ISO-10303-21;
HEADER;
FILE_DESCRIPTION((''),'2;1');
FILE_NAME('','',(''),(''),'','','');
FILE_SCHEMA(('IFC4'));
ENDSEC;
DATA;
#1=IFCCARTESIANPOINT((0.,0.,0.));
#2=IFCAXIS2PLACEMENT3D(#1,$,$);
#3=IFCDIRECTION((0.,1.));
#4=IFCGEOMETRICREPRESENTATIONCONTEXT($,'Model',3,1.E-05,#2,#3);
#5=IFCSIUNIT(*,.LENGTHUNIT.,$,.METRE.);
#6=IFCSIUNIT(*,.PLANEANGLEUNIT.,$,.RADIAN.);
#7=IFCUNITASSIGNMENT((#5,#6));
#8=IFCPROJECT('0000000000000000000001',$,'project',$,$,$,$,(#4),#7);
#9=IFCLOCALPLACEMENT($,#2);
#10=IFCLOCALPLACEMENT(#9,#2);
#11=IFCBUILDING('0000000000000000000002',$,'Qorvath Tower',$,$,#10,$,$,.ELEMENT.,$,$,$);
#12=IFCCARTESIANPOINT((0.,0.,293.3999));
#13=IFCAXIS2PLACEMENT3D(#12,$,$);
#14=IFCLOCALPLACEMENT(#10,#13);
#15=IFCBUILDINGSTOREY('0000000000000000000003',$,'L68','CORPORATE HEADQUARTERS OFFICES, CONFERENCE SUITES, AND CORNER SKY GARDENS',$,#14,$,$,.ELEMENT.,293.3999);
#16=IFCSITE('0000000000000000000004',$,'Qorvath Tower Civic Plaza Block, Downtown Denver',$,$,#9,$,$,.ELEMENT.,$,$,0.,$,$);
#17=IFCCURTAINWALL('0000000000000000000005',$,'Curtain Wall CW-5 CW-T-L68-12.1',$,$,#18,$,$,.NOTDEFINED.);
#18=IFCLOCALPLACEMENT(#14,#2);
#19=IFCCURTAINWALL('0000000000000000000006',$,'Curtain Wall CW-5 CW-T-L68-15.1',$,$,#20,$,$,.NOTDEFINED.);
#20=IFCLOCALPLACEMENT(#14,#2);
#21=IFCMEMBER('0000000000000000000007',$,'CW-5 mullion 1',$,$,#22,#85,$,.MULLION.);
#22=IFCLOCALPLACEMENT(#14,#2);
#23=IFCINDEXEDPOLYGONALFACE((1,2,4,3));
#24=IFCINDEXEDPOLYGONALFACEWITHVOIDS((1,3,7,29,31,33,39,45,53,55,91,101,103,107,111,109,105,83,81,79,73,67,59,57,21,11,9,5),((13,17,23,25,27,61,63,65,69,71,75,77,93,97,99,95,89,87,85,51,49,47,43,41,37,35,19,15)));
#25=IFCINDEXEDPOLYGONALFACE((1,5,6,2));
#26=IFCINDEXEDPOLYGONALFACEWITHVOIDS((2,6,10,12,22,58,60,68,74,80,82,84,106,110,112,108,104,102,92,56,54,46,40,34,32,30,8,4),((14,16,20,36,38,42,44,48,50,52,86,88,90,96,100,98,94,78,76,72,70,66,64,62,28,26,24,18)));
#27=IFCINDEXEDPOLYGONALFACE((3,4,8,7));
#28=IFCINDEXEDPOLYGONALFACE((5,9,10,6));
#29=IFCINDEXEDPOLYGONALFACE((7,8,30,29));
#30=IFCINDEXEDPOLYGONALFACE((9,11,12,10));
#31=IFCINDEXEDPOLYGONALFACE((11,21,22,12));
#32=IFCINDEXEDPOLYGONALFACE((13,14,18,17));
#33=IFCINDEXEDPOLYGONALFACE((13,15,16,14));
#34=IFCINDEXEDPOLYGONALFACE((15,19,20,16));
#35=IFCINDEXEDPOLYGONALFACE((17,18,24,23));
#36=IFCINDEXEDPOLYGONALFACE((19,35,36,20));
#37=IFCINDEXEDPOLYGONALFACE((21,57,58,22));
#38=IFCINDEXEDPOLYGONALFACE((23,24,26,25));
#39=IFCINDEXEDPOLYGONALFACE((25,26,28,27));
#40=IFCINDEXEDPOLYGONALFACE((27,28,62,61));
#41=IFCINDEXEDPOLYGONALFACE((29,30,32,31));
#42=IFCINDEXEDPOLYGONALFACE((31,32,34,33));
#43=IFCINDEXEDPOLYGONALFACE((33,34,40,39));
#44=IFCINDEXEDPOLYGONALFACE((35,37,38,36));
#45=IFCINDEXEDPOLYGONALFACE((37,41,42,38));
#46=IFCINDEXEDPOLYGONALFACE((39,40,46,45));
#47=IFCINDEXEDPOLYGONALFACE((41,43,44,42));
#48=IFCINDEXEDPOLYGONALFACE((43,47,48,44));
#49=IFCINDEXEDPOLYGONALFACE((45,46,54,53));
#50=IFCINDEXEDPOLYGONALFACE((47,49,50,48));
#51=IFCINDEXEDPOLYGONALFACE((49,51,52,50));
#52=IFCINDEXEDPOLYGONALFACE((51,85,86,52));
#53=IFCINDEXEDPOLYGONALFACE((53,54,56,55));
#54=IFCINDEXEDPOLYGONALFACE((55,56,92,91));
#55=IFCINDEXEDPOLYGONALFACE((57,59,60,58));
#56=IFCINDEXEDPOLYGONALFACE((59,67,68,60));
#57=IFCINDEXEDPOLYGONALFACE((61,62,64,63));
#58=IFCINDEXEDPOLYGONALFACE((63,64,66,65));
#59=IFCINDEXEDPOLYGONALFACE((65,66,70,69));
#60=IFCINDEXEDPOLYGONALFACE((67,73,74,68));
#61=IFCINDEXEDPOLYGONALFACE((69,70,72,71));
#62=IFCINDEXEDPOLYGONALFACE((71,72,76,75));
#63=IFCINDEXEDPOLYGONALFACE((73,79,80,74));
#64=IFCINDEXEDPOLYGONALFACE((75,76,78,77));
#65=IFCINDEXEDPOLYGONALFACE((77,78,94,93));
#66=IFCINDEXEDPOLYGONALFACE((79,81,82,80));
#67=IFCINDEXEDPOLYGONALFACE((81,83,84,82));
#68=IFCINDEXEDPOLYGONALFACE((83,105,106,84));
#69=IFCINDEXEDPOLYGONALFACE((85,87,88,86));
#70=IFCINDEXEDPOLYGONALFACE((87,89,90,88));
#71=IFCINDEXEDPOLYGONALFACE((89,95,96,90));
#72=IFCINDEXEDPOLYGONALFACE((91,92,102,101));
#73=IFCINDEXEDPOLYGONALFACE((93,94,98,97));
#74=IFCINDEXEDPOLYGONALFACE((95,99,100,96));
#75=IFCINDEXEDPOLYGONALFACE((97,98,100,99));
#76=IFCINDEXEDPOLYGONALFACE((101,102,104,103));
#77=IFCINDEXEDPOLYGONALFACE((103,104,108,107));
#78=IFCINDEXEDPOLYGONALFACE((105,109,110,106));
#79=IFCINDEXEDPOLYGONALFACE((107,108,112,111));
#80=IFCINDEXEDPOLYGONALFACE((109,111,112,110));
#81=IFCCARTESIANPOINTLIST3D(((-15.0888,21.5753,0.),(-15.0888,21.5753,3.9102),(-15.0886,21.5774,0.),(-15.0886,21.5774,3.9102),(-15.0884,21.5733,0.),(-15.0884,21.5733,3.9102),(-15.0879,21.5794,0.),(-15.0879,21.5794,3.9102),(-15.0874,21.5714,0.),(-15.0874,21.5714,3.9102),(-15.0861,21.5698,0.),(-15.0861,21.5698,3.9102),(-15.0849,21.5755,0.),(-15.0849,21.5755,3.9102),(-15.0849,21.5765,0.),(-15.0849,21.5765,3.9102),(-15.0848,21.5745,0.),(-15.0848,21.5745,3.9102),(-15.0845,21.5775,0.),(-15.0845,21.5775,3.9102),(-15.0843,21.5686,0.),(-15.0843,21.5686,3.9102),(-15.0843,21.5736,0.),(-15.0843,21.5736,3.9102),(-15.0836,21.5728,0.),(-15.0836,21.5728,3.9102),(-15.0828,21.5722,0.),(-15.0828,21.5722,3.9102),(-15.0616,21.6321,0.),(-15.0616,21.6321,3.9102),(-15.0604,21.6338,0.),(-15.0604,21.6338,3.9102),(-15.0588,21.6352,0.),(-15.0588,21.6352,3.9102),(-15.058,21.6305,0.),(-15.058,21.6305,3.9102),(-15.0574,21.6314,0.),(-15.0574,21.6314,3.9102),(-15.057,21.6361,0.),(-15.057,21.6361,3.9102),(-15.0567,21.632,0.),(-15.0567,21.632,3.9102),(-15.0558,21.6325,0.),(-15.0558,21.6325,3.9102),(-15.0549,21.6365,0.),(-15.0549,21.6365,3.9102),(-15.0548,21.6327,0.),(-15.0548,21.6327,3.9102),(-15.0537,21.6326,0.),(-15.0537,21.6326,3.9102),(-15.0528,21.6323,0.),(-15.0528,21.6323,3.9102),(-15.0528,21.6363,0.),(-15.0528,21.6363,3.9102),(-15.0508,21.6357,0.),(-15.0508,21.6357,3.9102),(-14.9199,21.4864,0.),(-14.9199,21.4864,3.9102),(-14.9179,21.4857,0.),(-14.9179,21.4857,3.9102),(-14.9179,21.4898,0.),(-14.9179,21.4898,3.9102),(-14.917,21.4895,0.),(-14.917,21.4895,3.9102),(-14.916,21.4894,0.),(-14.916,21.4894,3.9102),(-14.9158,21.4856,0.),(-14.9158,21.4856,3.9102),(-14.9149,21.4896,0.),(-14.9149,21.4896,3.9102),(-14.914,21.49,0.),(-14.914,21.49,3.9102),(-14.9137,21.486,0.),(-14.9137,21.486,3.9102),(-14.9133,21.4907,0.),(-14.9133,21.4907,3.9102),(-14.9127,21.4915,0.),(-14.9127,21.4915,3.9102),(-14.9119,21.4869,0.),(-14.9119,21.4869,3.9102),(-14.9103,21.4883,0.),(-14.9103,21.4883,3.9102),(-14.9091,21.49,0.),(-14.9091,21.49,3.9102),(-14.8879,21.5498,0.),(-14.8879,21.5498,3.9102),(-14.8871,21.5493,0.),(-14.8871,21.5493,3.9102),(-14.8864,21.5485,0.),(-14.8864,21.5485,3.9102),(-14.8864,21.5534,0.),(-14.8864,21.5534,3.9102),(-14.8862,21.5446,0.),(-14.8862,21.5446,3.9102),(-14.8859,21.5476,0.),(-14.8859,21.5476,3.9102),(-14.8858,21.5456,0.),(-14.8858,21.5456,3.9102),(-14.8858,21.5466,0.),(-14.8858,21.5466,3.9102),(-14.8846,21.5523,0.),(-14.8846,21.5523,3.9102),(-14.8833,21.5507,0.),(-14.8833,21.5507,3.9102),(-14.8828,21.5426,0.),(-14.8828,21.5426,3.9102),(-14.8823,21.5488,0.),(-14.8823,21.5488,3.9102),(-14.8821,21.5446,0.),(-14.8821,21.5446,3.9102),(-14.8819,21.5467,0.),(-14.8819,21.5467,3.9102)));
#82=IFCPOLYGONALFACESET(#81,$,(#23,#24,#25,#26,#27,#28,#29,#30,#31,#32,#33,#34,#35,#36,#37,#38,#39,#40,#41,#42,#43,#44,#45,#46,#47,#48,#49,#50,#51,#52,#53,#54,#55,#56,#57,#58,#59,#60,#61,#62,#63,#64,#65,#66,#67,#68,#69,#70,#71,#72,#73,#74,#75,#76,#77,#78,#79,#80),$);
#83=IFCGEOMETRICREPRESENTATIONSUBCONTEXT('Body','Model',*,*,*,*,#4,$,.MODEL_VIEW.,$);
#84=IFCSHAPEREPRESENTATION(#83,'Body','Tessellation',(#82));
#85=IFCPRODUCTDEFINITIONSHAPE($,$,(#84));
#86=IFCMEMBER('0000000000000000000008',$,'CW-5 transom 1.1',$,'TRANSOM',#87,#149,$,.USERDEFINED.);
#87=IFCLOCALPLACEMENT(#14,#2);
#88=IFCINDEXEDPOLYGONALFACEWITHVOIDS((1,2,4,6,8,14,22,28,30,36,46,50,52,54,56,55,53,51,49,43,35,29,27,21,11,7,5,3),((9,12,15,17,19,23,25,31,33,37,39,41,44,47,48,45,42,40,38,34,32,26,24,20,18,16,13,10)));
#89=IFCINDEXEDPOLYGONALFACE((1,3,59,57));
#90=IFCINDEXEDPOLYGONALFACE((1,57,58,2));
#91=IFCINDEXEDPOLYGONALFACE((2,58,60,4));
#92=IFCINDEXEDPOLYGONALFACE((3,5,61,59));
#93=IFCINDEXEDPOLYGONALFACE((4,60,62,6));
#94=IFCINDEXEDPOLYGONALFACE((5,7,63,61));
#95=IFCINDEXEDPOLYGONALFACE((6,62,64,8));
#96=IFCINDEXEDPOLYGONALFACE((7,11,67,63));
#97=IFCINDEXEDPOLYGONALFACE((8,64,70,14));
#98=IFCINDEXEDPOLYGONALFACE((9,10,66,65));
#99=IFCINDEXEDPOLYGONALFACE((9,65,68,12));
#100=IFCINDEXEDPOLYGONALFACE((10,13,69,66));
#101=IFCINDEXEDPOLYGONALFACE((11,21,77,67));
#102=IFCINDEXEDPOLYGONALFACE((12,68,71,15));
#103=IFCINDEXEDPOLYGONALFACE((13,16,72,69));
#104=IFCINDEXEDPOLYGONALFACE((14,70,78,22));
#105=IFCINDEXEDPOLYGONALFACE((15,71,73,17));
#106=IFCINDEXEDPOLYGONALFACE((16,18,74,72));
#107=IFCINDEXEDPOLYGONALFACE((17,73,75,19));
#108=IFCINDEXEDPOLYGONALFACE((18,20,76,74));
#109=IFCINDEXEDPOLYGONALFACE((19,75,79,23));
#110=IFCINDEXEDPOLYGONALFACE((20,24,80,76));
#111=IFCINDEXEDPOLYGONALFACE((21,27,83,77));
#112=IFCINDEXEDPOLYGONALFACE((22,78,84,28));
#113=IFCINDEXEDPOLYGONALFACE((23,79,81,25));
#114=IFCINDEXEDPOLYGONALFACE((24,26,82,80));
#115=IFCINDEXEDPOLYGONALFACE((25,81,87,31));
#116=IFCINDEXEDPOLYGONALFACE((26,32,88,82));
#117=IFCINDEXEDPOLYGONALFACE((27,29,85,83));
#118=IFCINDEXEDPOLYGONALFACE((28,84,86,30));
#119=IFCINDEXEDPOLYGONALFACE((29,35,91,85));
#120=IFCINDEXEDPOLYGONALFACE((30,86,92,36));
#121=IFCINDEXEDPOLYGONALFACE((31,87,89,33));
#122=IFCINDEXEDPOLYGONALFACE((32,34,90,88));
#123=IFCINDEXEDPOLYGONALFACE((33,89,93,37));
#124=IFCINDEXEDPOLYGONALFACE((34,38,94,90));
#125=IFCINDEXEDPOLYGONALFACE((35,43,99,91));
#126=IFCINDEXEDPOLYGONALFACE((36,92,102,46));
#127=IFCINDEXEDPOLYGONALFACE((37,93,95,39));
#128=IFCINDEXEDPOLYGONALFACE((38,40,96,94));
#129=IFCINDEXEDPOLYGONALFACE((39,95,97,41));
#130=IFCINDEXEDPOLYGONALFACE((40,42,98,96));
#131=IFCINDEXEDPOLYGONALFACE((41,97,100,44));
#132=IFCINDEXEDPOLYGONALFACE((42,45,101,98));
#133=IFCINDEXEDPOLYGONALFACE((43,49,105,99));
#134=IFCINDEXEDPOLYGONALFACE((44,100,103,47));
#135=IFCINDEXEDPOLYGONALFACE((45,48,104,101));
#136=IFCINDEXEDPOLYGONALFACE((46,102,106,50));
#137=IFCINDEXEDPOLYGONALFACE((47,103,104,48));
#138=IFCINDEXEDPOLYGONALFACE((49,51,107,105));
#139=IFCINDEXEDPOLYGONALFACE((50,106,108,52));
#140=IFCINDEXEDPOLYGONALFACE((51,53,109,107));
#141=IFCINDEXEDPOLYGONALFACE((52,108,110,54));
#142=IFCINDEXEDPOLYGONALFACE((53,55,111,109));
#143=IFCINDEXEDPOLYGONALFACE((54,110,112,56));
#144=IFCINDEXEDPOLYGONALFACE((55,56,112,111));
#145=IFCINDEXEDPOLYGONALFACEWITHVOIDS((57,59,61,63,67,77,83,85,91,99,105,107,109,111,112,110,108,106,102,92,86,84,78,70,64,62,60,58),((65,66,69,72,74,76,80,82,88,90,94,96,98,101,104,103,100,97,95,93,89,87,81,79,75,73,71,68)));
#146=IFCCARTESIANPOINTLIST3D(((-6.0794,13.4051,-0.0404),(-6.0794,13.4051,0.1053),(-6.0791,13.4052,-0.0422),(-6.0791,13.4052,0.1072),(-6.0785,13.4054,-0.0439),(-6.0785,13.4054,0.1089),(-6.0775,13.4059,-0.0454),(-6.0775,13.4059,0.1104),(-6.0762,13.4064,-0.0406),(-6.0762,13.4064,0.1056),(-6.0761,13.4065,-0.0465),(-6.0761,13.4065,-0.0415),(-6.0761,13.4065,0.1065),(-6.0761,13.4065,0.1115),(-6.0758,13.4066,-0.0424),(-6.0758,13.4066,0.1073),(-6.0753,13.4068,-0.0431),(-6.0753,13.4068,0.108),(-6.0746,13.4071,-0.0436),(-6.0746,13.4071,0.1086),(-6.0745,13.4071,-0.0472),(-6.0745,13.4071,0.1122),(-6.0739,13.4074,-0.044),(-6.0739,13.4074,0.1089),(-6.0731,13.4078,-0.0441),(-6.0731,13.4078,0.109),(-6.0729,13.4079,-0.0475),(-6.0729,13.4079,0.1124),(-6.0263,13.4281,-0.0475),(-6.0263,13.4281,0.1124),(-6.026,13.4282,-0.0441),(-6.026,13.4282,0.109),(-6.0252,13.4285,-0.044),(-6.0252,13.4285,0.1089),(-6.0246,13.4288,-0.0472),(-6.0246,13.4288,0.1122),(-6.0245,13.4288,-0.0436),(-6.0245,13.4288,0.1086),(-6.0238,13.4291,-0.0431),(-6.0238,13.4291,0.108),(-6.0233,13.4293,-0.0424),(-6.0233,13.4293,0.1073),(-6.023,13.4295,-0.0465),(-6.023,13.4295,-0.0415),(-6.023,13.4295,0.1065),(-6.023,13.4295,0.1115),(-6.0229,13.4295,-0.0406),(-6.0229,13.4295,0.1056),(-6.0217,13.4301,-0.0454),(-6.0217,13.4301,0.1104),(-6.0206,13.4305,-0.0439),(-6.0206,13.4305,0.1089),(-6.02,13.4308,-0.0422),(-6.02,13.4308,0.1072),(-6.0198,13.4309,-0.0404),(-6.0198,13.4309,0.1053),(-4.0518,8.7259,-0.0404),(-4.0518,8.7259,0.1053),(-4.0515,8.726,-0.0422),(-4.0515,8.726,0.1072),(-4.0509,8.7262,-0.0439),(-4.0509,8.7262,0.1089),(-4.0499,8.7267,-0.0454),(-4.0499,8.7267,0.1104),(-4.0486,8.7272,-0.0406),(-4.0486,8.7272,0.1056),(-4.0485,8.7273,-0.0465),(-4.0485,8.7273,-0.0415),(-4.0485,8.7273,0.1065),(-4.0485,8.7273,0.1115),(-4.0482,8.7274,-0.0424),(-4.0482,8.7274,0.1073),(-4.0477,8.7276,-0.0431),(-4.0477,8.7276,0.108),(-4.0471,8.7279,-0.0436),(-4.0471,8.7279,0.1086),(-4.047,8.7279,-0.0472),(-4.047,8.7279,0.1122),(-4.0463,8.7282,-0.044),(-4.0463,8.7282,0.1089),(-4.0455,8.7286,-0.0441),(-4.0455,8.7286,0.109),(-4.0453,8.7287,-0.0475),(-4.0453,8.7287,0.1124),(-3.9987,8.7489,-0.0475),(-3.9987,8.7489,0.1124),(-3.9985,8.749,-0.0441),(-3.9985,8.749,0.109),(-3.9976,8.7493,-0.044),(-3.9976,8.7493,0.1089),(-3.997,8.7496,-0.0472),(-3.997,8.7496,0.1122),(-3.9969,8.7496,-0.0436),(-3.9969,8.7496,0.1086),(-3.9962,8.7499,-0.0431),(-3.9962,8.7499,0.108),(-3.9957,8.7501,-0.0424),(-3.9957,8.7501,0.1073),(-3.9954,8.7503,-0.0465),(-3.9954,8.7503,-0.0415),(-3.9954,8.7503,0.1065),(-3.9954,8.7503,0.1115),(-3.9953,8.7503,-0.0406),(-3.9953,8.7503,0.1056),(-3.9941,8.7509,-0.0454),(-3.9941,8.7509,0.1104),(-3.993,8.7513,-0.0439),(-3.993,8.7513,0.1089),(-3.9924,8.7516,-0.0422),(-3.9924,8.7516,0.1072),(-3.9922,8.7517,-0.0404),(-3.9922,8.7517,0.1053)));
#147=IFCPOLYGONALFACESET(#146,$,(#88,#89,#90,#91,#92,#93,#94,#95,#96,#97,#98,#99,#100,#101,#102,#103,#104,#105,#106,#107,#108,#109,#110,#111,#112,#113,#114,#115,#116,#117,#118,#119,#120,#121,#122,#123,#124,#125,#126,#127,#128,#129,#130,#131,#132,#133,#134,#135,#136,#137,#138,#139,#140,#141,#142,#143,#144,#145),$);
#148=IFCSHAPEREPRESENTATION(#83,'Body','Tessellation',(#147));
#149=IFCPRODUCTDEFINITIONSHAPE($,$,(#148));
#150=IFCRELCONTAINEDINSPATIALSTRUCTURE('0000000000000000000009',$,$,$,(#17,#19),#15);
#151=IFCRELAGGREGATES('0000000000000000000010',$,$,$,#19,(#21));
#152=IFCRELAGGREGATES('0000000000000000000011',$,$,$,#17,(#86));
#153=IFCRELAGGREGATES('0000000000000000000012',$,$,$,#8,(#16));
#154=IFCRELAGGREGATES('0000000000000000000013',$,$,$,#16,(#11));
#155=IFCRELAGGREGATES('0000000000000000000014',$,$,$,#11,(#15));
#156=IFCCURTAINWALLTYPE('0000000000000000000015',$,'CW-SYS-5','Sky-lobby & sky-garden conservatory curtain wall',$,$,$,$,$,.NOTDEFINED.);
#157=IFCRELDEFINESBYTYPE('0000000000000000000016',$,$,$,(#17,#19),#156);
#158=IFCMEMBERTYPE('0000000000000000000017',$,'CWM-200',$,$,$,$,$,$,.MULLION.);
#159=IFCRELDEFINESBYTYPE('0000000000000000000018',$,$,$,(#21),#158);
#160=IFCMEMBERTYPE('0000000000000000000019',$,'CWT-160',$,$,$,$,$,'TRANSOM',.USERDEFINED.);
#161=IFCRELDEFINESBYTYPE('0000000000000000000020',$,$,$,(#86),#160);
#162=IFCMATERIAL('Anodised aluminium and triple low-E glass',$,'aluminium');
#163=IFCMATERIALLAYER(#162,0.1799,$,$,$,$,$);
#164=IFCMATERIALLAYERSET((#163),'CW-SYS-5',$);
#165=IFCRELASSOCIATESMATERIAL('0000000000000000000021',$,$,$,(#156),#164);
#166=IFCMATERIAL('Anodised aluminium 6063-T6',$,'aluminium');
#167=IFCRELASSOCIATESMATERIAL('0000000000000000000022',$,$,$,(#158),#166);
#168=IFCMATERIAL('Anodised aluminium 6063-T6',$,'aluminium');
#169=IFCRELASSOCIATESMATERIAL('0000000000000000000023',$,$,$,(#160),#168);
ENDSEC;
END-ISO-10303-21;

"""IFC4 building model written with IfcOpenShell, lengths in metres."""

from ifc_helpers import new_model, si_unit, direction, frame, origin, origin_2d, place, context, subcontext, project, spatial, hollow_rectangle, extrude, material, layer, layer_set, material_profile, profile_set, type_object, element, aggregate, save


model = new_model("IFC4")

# Units and contexts
model_context = context("Model", 3, precision=1e-05, world=origin(), true_north=direction((0.0, 1.0)))
body_context = subcontext(model_context, "Body", "Model", "MODEL_VIEW")
ifc_project = project(units=[si_unit("LENGTHUNIT", "METRE"), si_unit("PLANEANGLEUNIT", "RADIAN")], contexts=[model_context])

# Site, building, storey
site_placement = place(None, origin())
site = spatial("IfcSite", under=ifc_project, at=site_placement, Name="Qorvath Tower Civic Plaza Block, Downtown Denver", CompositionType="ELEMENT", RefElevation=0.0)
building_placement = place(site_placement, origin())
building = spatial("IfcBuilding", under=site, at=building_placement, Name="Qorvath Tower", CompositionType="ELEMENT")
storey_placement = place(building_placement, frame((0.0, 0.0, 293.3999)))
storey = spatial("IfcBuildingStorey", under=building, at=storey_placement, Name="L68", Description="CORPORATE HEADQUARTERS OFFICES, CONFERENCE SUITES, AND CORNER SKY GARDENS", CompositionType="ELEMENT", Elevation=293.3999)

# Curtain wall
ifc_material_1 = material(Name="Anodised aluminium and triple low-E glass", Category="aluminium")
ifc_layer_1 = layer(ifc_material_1, 0.1799)
ifc_layer_set_1 = layer_set([ifc_layer_1], Name="CW-SYS-5")
curtain_wall_type = type_object("IfcCurtainWallType", Name="CW-SYS-5", Description="Sky-lobby & sky-garden conservatory curtain wall", PredefinedType="NOTDEFINED", material=ifc_layer_set_1)
curtain_wall_1_placement = place(storey_placement, origin())
curtain_wall_1 = element("IfcCurtainWall", 1, at=curtain_wall_1_placement, inside=storey, type_object=curtain_wall_type, Name="Curtain Wall CW-5 CW-T-L68-12.1", PredefinedType="NOTDEFINED")
ifc_material_2 = material(Name="Anodised aluminium 6063-T6", Category="aluminium")
ifc_material_profile_1 = material_profile(ifc_material_2, hollow_rectangle(XDim=0.075, YDim=0.2, WallThickness=0.0039, InnerFilletRadius=0.0039, OuterFilletRadius=0.0081, at=origin_2d()), Name="CWM 200x75")
ifc_profile_set_1 = profile_set([ifc_material_profile_1], Name="Anodised aluminium 6063-T6")
member_type_1 = type_object("IfcMemberType", Name="CWM-200", PredefinedType="MULLION", material=ifc_profile_set_1)

# Curtain wall, member
curtain_wall_2_placement = place(storey_placement, origin())
curtain_wall_2 = element("IfcCurtainWall", 2, at=curtain_wall_2_placement, inside=storey, type_object=curtain_wall_type, Name="Curtain Wall CW-5 CW-T-L68-15.1", PredefinedType="NOTDEFINED")
member_1_placement = place(storey_placement, frame((-14.9854, 21.561, 0.0), z_axis=(0.0, 0.0, 1.0), x_axis=(-0.447214, -0.894427, 0.0)))
member_1 = element("IfcMember", 3, at=member_1_placement, type_object=member_type_1, Name="CW-5 mullion 1", PredefinedType="MULLION", context=body_context, shape_type="SweptSolid", body=[
    extrude(hollow_rectangle(XDim=0.075, YDim=0.2, WallThickness=0.0039, InnerFilletRadius=0.0039, OuterFilletRadius=0.0081, at=origin_2d()), origin(), (0.0, 0.0, 1.0), 3.9102),
])

# Member
ifc_material_3 = material(Name="Anodised aluminium 6063-T6", Category="aluminium")
ifc_material_profile_2 = material_profile(ifc_material_3, hollow_rectangle(XDim=0.0649, YDim=0.1599, WallThickness=0.0034, InnerFilletRadius=0.0034, OuterFilletRadius=0.0071, at=origin_2d()), Name="CWT 160x65")
ifc_profile_set_2 = profile_set([ifc_material_profile_2], Name="Anodised aluminium 6063-T6")
member_type_2 = type_object("IfcMemberType", Name="CWT-160", ElementType="TRANSOM", PredefinedType="USERDEFINED", material=ifc_profile_set_2)
member_2_placement = place(storey_placement, frame((-4.022, 8.7388, 0.0325), z_axis=(-0.397597, 0.91756, 0.0), x_axis=(-0.91756, -0.397597, 0.0)))
member_2 = element("IfcMember", 4, at=member_2_placement, type_object=member_type_2, Name="CW-5 transom 1.1", ObjectType="TRANSOM", PredefinedType="USERDEFINED", context=body_context, shape_type="SweptSolid", body=[
    extrude(hollow_rectangle(XDim=0.0649, YDim=0.1599, WallThickness=0.0034, InnerFilletRadius=0.0034, OuterFilletRadius=0.0071, at=origin_2d()), origin(), (0.0, 0.0, 1.0), 5.0996),
])
aggregate(curtain_wall_2, [member_1])

aggregate(curtain_wall_1, [member_2])

save(model, "model.ifc")
